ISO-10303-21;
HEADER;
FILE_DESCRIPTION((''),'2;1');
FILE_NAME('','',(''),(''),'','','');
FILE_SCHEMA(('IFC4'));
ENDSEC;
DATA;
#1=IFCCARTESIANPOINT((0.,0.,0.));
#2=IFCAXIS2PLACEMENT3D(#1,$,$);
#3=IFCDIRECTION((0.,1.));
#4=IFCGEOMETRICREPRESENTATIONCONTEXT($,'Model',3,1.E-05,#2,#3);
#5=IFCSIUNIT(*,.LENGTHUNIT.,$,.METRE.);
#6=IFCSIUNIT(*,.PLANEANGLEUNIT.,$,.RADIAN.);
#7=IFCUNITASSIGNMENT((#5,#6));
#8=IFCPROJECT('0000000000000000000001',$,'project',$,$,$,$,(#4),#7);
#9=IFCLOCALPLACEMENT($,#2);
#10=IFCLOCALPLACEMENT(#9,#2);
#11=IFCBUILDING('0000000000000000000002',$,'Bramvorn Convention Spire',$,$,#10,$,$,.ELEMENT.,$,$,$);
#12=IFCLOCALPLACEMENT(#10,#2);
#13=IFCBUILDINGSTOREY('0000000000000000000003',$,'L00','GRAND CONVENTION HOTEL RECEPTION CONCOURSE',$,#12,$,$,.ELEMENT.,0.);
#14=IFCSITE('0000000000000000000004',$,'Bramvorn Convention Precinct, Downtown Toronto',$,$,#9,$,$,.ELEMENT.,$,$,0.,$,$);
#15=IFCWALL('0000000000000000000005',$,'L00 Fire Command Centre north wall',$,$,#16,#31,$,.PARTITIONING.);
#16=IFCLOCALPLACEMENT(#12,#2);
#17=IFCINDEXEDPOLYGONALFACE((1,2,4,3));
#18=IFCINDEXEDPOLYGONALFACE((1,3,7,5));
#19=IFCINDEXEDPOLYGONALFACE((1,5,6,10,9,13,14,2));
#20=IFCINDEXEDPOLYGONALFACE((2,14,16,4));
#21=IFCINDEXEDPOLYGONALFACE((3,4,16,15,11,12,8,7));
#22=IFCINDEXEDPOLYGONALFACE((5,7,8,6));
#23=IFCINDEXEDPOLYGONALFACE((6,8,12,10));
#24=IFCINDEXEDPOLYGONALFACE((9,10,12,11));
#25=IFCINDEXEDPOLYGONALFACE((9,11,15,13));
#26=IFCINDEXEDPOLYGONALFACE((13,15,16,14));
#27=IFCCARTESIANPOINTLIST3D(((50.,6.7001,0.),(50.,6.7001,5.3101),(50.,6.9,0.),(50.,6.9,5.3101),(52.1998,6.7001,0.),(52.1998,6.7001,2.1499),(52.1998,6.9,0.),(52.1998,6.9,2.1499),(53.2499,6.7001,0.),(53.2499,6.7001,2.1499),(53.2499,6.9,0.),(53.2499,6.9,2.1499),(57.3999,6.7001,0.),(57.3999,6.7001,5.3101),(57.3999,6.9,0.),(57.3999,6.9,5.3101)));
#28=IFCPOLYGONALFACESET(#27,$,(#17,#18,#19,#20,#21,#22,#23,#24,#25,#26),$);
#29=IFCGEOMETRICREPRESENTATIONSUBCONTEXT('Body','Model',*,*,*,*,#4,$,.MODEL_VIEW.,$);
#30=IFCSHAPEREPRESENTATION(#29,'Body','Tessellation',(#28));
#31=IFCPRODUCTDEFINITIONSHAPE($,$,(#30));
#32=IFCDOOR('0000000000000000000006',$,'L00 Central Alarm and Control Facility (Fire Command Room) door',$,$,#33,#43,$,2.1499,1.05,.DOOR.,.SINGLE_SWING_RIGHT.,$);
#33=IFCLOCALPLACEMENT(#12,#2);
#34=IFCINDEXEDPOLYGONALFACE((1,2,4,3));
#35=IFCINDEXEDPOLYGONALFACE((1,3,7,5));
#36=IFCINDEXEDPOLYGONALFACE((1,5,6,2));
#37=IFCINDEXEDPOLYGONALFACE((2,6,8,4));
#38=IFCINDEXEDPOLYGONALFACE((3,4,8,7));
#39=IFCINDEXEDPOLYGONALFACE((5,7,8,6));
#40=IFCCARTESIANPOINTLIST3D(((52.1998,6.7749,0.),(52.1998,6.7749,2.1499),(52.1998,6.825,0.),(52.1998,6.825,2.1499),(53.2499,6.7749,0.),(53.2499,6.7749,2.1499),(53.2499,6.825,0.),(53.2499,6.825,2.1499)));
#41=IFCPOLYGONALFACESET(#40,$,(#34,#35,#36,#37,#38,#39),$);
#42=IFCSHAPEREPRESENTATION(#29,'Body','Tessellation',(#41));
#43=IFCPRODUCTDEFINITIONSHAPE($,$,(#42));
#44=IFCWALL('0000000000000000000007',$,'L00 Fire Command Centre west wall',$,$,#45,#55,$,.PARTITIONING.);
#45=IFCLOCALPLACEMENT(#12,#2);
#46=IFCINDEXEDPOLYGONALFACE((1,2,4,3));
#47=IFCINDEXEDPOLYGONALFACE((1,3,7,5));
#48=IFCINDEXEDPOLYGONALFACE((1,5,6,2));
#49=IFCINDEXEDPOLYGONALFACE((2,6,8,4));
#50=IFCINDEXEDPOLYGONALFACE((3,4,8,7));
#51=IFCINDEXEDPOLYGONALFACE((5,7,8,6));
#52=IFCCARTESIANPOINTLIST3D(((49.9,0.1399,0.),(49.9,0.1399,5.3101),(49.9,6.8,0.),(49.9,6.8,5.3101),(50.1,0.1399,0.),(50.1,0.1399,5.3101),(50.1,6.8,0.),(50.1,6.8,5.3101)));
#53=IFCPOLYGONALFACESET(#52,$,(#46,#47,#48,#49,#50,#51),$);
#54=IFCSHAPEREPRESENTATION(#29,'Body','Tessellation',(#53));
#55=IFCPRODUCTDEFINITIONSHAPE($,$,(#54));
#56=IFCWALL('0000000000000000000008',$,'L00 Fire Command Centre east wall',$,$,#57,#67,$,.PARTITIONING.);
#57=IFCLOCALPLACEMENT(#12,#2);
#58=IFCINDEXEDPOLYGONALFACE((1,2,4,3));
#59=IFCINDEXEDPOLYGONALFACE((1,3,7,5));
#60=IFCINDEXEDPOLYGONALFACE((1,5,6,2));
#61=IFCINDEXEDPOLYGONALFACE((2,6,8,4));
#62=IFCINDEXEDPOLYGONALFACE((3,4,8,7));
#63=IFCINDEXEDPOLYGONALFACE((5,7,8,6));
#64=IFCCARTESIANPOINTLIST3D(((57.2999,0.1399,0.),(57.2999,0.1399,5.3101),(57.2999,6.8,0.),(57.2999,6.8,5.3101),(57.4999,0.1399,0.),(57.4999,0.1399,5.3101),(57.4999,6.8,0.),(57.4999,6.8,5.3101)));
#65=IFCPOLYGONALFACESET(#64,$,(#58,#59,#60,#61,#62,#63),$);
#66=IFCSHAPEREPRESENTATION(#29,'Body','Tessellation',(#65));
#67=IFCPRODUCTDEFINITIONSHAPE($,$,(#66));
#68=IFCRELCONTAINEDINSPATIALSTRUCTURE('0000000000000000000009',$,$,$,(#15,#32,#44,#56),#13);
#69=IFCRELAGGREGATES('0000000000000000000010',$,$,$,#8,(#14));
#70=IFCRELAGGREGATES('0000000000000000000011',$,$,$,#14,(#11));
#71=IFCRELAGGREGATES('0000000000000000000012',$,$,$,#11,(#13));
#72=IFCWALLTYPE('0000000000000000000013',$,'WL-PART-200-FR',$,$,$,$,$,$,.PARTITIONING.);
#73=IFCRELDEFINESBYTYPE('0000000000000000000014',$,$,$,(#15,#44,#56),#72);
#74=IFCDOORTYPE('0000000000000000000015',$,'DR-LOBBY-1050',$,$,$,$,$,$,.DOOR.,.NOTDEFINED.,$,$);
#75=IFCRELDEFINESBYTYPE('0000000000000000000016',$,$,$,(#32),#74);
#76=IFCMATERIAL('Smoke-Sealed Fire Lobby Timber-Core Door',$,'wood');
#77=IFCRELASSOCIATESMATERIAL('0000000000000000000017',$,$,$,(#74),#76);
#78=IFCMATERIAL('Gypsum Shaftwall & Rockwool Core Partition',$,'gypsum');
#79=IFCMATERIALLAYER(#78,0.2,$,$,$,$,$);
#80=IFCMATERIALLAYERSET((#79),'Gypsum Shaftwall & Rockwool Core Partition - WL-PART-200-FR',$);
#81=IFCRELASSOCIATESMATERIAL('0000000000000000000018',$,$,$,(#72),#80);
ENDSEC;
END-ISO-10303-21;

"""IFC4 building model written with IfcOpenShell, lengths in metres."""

from ifc_helpers import new_model, si_unit, direction, frame, frame_2d, origin, place, context, subcontext, project, spatial, rectangle, extrude, material, layer, layer_set, type_object, element, fill, save


model = new_model("IFC4")

# Units and contexts
model_context = context("Model", 3, precision=1e-05, world=origin(), true_north=direction((0.0, 1.0)))
body_context = subcontext(model_context, "Body", "Model", "MODEL_VIEW")
ifc_project = project(units=[si_unit("LENGTHUNIT", "METRE"), si_unit("PLANEANGLEUNIT", "RADIAN")], contexts=[model_context])

# Site, building, storey
site_placement = place(None, origin())
site = spatial("IfcSite", under=ifc_project, at=site_placement, Name="Bramvorn Convention Precinct, Downtown Toronto", CompositionType="ELEMENT", RefElevation=0.0)
building_placement = place(site_placement, origin())
building = spatial("IfcBuilding", under=site, at=building_placement, Name="Bramvorn Convention Spire", CompositionType="ELEMENT")
storey_placement = place(building_placement, origin())
storey = spatial("IfcBuildingStorey", under=building, at=storey_placement, Name="L00", Description="GRAND CONVENTION HOTEL RECEPTION CONCOURSE", CompositionType="ELEMENT", Elevation=0.0)

# Wall, opening, door
ifc_material_1 = material(Name="Smoke-Sealed Fire Lobby Timber-Core Door", Category="wood")
door_type = type_object("IfcDoorType", Name="DR-LOBBY-1050", OperationType="NOTDEFINED", PredefinedType="DOOR", material=ifc_material_1)
ifc_material_2 = material(Name="Gypsum Shaftwall & Rockwool Core Partition", Category="gypsum")
ifc_layer_1 = layer(ifc_material_2, 0.2)
ifc_layer_set_1 = layer_set([ifc_layer_1], Name="Gypsum Shaftwall & Rockwool Core Partition - WL-PART-200-FR")
wall_type_1 = type_object("IfcWallType", Name="WL-PART-200-FR", PredefinedType="PARTITIONING", material=ifc_layer_set_1)
wall_1_placement = place(storey_placement, frame((50.0, 6.8, 0.0), z_axis=(0.0, 0.0, 1.0), x_axis=(1.0, 0.0, 0.0)))
wall_1 = element("IfcWall", 1, at=wall_1_placement, inside=storey, type_object=wall_type_1, Name="L00 Fire Command Centre north wall", PredefinedType="PARTITIONING", context=body_context, shape_type="SweptSolid", body=[
    extrude(rectangle(XDim=7.3999, YDim=0.2, at=frame_2d((3.7, 0.0))), origin(), (0.0, 0.0, 1.0), 5.3101),
])
opening_1_placement = place(wall_1_placement, frame((2.2, 0.0, 0.0)))
opening_1 = element("IfcOpeningElement", 2, at=opening_1_placement, cuts=wall_1, PredefinedType="OPENING", context=body_context, shape_type="SweptSolid", body=[
    extrude(rectangle(XDim=1.05, YDim=2.1499, at=frame_2d((0.5249, 1.075))), frame((0.0, 0.1099, 0.0), z_axis=(0.0, -1.0, 0.0), x_axis=(1.0, 0.0, 0.0)), (0.0, 0.0, 1.0), 0.22),
])
door_1_placement = place(opening_1_placement, origin())
door_1 = element("IfcDoor", 3, at=door_1_placement, inside=storey, type_object=door_type, Name="L00 Central Alarm and Control Facility (Fire Command Room) door", OperationType="SINGLE_SWING_RIGHT", OverallHeight=2.1499, OverallWidth=1.05, PredefinedType="DOOR", context=body_context, shape_type="SweptSolid", body=[
    extrude(rectangle(XDim=1.05, YDim=2.1499, at=frame_2d((0.5249, 1.075))), frame((0.0, 0.0249, 0.0), z_axis=(0.0, -1.0, 0.0), x_axis=(1.0, 0.0, 0.0)), (0.0, 0.0, 1.0), 0.05),
])
fill(opening_1, door_1)

# Walls
for number, where, z_axis, x_axis, name in (
    (4, (50.0, 0.1399, 0.0), (0.0, 0.0, 1.0), (0.0, 1.0, 0.0), "L00 Fire Command Centre west wall"),
    (5, (57.3999, 0.1399, 0.0), (0.0, 0.0, 1.0), (0.0, 1.0, 0.0), "L00 Fire Command Centre east wall"),
):
    element("IfcWall", number, at=place(storey_placement, frame(where, z_axis=z_axis, x_axis=x_axis)), inside=storey, type_object=wall_type_1, Name=name, PredefinedType="PARTITIONING", context=body_context, shape_type="SweptSolid", body=[
        extrude(rectangle(XDim=6.6602, YDim=0.2, at=frame_2d((3.3301, 0.0))), origin(), (0.0, 0.0, 1.0), 5.3101),
    ])

save(model, "model.ifc")
